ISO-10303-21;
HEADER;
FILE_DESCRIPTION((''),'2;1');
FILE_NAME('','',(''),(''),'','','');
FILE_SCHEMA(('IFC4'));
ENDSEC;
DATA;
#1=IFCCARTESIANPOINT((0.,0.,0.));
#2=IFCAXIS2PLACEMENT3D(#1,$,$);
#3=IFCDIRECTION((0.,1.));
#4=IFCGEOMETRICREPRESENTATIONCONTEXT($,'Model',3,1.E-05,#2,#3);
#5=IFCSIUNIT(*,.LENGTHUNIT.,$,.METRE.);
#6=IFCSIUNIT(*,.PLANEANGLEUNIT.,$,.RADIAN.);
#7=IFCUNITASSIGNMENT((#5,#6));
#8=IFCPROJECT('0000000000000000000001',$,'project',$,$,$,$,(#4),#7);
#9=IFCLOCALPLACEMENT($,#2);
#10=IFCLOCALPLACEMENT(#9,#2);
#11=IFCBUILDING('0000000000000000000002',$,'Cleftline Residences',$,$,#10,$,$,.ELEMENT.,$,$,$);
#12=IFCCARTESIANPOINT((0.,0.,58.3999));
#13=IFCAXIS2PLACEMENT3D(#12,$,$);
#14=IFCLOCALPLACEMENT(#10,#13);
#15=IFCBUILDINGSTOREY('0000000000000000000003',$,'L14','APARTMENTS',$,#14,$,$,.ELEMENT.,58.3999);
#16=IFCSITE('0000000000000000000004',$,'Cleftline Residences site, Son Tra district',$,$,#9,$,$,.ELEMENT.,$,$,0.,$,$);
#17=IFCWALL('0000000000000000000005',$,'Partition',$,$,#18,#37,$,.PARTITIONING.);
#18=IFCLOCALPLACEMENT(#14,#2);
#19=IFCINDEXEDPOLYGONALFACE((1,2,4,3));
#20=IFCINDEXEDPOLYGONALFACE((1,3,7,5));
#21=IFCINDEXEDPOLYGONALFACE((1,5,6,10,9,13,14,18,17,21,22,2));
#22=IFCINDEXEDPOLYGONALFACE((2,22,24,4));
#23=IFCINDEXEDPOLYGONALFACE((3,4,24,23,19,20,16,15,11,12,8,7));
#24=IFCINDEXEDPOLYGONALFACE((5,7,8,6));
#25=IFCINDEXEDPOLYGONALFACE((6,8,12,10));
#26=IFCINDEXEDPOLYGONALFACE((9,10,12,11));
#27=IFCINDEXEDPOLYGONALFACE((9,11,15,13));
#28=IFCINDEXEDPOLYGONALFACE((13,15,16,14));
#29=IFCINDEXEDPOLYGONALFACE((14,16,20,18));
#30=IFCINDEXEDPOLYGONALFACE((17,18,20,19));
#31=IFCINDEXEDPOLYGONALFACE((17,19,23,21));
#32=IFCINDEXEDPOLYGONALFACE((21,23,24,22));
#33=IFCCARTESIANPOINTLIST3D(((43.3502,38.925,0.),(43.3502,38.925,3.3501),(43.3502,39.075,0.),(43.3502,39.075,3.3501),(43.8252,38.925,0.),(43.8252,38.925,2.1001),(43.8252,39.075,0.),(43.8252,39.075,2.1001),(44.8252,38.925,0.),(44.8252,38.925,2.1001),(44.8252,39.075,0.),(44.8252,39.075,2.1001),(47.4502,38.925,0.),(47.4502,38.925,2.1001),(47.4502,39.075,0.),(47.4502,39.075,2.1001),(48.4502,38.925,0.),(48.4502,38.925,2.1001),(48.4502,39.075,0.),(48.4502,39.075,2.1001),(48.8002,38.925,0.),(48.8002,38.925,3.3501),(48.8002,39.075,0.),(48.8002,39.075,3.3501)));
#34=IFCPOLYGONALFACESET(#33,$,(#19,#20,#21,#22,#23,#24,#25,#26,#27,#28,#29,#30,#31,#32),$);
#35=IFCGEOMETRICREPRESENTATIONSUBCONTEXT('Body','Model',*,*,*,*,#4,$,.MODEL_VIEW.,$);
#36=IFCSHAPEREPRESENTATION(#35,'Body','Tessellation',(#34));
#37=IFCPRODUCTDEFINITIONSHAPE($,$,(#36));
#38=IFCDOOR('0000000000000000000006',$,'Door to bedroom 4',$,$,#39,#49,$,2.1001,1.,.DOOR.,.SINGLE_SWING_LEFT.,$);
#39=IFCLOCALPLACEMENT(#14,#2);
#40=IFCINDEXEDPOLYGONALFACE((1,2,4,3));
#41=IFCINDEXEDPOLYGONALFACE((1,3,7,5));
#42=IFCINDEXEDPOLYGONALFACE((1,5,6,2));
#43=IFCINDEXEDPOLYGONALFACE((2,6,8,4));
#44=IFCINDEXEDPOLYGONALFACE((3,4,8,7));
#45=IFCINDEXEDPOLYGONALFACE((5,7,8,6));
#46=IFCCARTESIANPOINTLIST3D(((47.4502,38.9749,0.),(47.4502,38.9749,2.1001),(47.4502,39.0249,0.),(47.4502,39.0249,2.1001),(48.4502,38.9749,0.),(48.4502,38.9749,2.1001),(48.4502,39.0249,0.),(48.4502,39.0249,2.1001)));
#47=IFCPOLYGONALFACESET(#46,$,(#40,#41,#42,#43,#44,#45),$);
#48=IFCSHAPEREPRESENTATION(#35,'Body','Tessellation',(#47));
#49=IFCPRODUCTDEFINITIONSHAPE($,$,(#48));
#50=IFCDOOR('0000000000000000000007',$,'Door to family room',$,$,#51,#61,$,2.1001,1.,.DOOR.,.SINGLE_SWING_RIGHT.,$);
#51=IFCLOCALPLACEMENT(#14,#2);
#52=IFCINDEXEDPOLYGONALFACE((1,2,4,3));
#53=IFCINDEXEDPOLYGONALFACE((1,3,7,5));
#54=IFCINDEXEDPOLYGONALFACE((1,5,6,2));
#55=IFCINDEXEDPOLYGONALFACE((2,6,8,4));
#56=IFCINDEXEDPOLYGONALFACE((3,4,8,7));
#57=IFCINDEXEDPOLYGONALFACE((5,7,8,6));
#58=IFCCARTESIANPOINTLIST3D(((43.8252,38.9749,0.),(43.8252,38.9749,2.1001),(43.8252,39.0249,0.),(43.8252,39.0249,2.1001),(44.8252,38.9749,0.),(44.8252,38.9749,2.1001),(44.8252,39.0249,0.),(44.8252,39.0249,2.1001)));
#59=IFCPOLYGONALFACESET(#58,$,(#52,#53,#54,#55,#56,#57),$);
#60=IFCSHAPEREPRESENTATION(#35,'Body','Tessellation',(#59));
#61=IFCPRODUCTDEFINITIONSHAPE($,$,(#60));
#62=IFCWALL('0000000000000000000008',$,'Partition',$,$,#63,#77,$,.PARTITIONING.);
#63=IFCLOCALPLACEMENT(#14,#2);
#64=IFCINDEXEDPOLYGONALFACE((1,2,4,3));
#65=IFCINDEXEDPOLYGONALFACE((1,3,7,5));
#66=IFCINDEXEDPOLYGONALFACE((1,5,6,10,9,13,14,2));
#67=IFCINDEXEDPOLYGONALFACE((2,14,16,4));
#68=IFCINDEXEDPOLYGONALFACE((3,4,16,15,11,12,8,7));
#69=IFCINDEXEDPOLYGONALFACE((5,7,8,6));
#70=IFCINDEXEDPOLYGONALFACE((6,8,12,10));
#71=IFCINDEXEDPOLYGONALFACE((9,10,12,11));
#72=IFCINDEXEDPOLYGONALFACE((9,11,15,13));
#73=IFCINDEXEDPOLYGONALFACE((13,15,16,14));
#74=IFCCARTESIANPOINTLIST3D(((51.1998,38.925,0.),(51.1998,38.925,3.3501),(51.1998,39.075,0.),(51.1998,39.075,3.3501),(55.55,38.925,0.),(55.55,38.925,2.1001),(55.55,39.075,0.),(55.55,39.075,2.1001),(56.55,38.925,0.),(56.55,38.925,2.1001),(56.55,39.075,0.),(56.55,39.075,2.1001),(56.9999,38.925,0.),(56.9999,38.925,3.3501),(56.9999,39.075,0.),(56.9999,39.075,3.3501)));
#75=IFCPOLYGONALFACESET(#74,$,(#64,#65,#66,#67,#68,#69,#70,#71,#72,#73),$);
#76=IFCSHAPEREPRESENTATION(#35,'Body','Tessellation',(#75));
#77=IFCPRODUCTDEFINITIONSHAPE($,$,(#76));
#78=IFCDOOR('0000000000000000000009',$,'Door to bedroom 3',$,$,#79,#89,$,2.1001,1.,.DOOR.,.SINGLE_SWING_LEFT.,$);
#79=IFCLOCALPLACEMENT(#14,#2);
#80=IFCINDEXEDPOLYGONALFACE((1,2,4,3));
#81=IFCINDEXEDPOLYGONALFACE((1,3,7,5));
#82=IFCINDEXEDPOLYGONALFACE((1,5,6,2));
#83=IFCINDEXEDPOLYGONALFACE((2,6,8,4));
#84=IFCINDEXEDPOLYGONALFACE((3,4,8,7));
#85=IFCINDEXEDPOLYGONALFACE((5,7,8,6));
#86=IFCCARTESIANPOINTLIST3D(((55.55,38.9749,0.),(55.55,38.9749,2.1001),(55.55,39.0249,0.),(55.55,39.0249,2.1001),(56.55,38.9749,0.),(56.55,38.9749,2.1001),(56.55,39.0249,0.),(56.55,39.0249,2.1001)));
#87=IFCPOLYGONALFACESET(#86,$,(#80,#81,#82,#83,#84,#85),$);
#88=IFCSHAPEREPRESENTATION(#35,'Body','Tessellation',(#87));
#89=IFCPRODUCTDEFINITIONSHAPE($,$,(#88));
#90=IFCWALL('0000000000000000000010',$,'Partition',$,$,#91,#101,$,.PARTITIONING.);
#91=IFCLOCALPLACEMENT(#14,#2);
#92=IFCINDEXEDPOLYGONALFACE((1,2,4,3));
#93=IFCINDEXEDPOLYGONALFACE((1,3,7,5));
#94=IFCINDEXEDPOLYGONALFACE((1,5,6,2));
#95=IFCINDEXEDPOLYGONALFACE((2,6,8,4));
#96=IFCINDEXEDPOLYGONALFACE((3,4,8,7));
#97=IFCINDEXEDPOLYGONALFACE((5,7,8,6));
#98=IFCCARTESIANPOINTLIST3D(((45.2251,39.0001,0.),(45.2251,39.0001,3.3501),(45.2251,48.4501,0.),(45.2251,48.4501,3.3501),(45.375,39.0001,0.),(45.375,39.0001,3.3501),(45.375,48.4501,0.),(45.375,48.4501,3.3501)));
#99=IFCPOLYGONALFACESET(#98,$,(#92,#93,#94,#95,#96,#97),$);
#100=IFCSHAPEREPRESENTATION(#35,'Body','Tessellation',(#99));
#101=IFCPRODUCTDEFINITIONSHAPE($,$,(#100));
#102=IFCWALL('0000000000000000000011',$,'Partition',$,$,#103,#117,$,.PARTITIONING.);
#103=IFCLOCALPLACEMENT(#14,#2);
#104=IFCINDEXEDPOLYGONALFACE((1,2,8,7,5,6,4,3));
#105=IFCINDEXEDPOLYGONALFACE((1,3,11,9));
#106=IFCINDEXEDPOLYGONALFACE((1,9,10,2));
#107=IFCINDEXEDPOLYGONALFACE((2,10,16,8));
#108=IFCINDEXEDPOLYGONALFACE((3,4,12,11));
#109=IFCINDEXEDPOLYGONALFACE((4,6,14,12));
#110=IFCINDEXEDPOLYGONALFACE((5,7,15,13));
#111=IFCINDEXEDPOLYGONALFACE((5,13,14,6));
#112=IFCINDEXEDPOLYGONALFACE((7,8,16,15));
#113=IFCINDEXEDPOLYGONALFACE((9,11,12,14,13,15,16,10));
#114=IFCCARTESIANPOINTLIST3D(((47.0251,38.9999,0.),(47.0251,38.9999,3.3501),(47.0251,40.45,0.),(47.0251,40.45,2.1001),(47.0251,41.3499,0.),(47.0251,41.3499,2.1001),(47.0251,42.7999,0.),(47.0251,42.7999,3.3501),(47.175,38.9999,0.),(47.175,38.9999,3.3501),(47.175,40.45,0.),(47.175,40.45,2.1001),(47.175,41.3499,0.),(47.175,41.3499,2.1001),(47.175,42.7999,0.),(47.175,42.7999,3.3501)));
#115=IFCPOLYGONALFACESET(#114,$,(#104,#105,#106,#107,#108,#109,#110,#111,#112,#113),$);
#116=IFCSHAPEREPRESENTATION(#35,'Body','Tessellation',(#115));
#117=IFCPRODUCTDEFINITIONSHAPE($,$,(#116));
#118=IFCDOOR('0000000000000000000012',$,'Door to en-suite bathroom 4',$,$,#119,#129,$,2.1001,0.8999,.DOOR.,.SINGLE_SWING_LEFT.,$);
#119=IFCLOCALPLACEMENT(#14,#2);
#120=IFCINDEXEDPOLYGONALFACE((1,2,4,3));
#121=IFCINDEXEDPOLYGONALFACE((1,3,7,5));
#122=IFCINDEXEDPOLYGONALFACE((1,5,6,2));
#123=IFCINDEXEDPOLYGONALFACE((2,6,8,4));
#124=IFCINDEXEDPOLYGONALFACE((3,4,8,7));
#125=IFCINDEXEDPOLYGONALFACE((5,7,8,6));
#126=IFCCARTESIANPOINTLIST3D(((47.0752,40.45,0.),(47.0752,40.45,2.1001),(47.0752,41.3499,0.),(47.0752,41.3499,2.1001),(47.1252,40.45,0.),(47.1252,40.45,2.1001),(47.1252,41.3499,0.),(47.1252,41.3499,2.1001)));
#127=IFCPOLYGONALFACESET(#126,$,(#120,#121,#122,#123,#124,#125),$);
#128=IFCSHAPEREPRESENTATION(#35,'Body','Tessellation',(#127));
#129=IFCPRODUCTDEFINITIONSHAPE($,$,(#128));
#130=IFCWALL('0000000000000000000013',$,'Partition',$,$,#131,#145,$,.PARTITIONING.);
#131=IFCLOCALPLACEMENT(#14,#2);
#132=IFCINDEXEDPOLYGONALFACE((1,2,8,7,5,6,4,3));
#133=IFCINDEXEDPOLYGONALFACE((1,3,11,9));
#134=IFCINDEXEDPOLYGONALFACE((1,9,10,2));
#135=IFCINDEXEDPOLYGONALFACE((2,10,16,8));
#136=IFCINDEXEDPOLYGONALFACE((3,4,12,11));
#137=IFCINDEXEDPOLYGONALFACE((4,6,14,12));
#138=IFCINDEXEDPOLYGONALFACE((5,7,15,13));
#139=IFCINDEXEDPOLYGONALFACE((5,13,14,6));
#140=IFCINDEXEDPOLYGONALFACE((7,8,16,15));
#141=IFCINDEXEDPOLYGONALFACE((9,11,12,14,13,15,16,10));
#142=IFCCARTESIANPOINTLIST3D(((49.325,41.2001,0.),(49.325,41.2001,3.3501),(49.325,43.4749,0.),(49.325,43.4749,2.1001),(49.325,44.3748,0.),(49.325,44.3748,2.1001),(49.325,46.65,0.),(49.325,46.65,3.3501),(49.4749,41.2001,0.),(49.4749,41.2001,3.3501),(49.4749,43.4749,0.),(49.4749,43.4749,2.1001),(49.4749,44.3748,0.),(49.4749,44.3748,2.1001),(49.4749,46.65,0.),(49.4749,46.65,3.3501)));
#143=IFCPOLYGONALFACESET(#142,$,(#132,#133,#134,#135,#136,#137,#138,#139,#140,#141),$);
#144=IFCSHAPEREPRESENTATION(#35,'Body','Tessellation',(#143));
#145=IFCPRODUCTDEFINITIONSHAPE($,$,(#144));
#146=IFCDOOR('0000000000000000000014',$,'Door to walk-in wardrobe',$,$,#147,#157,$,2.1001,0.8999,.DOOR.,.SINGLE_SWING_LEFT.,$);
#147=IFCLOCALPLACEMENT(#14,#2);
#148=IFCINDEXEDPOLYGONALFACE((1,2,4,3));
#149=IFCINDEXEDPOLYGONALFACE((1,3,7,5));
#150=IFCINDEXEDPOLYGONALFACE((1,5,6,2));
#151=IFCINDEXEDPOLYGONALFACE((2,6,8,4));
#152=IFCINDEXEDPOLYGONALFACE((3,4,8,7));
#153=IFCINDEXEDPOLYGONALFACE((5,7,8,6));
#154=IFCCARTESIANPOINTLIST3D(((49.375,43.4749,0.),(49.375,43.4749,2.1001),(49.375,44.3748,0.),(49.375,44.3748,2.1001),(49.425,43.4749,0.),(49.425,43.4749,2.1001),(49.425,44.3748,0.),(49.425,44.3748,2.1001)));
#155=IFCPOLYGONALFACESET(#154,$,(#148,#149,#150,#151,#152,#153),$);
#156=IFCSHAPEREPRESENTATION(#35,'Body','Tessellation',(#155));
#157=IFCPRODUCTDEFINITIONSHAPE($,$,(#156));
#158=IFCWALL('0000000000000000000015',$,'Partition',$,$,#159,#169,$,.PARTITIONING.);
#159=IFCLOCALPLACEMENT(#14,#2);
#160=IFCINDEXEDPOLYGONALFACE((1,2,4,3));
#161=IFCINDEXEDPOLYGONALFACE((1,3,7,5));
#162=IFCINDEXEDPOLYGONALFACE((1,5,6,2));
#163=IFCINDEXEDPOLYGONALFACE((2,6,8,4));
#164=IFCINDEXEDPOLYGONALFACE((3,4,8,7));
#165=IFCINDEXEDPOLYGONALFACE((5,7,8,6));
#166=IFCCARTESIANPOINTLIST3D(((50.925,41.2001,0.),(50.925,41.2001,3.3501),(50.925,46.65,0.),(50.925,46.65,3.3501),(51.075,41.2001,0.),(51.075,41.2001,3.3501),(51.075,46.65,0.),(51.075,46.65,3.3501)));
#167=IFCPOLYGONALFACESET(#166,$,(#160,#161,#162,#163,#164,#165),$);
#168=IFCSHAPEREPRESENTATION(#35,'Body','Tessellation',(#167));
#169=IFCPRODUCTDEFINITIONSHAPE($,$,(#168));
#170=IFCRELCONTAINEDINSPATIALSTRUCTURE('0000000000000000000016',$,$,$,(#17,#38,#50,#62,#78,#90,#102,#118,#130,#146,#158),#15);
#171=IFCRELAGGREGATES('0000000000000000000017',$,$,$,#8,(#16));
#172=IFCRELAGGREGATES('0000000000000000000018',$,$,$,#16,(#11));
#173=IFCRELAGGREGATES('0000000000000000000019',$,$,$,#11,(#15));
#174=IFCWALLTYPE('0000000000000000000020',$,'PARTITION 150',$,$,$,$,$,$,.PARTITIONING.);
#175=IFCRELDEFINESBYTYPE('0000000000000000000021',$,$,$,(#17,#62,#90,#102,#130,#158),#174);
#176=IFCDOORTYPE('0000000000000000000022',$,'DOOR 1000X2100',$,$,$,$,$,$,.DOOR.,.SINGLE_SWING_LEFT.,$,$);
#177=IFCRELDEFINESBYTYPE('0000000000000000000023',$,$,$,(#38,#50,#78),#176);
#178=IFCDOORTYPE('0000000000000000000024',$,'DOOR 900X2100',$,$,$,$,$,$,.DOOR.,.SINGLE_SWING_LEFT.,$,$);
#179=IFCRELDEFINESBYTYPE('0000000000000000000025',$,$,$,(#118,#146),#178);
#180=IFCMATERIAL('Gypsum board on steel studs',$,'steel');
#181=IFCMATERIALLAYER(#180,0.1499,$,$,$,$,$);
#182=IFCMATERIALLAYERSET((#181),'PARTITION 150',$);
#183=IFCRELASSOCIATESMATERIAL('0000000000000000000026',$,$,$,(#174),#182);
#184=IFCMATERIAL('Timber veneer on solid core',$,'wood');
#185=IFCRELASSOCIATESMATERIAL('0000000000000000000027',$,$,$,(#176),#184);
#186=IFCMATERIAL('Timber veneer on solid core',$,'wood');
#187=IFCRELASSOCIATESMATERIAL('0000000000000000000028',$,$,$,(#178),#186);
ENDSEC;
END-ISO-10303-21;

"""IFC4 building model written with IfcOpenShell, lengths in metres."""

from ifc_helpers import new_model, si_unit, direction, frame, frame_2d, origin, place, context, subcontext, project, spatial, rectangle, extrude, material, layer, layer_set, type_object, element, fill, save


model = new_model("IFC4")

# Units and contexts
model_context = context("Model", 3, precision=1e-05, world=origin(), true_north=direction((0.0, 1.0)))
body_context = subcontext(model_context, "Body", "Model", "MODEL_VIEW")
ifc_project = project(units=[si_unit("LENGTHUNIT", "METRE"), si_unit("PLANEANGLEUNIT", "RADIAN")], contexts=[model_context])

# Site, building, storey
site_placement = place(None, origin())
site = spatial("IfcSite", under=ifc_project, at=site_placement, Name="Cleftline Residences site, Son Tra district", CompositionType="ELEMENT", RefElevation=0.0)
building_placement = place(site_placement, origin())
building = spatial("IfcBuilding", under=site, at=building_placement, Name="Cleftline Residences", CompositionType="ELEMENT")
storey_placement = place(building_placement, frame((0.0, 0.0, 58.3999)))
storey = spatial("IfcBuildingStorey", under=building, at=storey_placement, Name="L14", Description="APARTMENTS", CompositionType="ELEMENT", Elevation=58.3999)

# Wall, openings, doors
ifc_material_1 = material(Name="Gypsum board on steel studs", Category="steel")
ifc_layer_1 = layer(ifc_material_1, 0.1499)
ifc_layer_set_1 = layer_set([ifc_layer_1], Name="PARTITION 150")
wall_type = type_object("IfcWallType", Name="PARTITION 150", PredefinedType="PARTITIONING", material=ifc_layer_set_1)
ifc_material_2 = material(Name="Timber veneer on solid core", Category="wood")
door_type_1 = type_object("IfcDoorType", Name="DOOR 1000X2100", OperationType="SINGLE_SWING_LEFT", PredefinedType="DOOR", material=ifc_material_2)
ifc_material_3 = material(Name="Timber veneer on solid core", Category="wood")
door_type_2 = type_object("IfcDoorType", Name="DOOR 900X2100", OperationType="SINGLE_SWING_LEFT", PredefinedType="DOOR", material=ifc_material_3)
wall_1_placement = place(storey_placement, frame((43.3501, 39.0, 0.0), z_axis=(0.0, 0.0, 1.0), x_axis=(1.0, 0.0, 0.0)))
wall_1 = element("IfcWall", 1, at=wall_1_placement, inside=storey, type_object=wall_type, Name="Partition", PredefinedType="PARTITIONING", context=body_context, shape_type="SweptSolid", body=[
    extrude(rectangle(XDim=5.45, YDim=0.1499, at=frame_2d((2.7251, 0.0))), origin(), (0.0, 0.0, 1.0), 3.3501),
])
opening_1_placement = place(wall_1_placement, frame((4.1001, 0.0, 0.0)))
opening_1 = element("IfcOpeningElement", 2, at=opening_1_placement, cuts=wall_1, PredefinedType="OPENING", context=body_context, shape_type="SweptSolid", body=[
    extrude(rectangle(XDim=1.0, YDim=2.1001, at=frame_2d((0.5, 1.05))), frame((0.0, 0.085, 0.0), z_axis=(0.0, -1.0, 0.0), x_axis=(1.0, 0.0, 0.0)), (0.0, 0.0, 1.0), 0.1699),
])
opening_2_placement = place(wall_1_placement, frame((0.4751, 0.0, 0.0)))
opening_2 = element("IfcOpeningElement", 3, at=opening_2_placement, cuts=wall_1, PredefinedType="OPENING", context=body_context, shape_type="SweptSolid", body=[
    extrude(rectangle(XDim=1.0, YDim=2.1001, at=frame_2d((0.5, 1.05))), frame((0.0, 0.085, 0.0), z_axis=(0.0, -1.0, 0.0), x_axis=(1.0, 0.0, 0.0)), (0.0, 0.0, 1.0), 0.1699),
])
door_1_placement = place(opening_1_placement, origin())
door_1 = element("IfcDoor", 4, at=door_1_placement, inside=storey, type_object=door_type_1, Name="Door to bedroom 4", OperationType="SINGLE_SWING_LEFT", OverallHeight=2.1001, OverallWidth=1.0, PredefinedType="DOOR", context=body_context, shape_type="SweptSolid", body=[
    extrude(rectangle(XDim=1.0, YDim=2.1001, at=frame_2d((0.5, 1.05))), frame((0.0, 0.0249, 0.0), z_axis=(0.0, -1.0, 0.0), x_axis=(1.0, 0.0, 0.0)), (0.0, 0.0, 1.0), 0.05),
])
fill(opening_1, door_1)
door_2_placement = place(opening_2_placement, origin())
door_2 = element("IfcDoor", 5, at=door_2_placement, inside=storey, type_object=door_type_1, Name="Door to family room", OperationType="SINGLE_SWING_RIGHT", OverallHeight=2.1001, OverallWidth=1.0, PredefinedType="DOOR", context=body_context, shape_type="SweptSolid", body=[
    extrude(rectangle(XDim=1.0, YDim=2.1001, at=frame_2d((0.5, 1.05))), frame((0.0, 0.0249, 0.0), z_axis=(0.0, -1.0, 0.0), x_axis=(1.0, 0.0, 0.0)), (0.0, 0.0, 1.0), 0.05),
])
fill(opening_2, door_2)

# Wall, opening, door
wall_2_placement = place(storey_placement, frame((51.2, 39.0, 0.0), z_axis=(0.0, 0.0, 1.0), x_axis=(1.0, 0.0, 0.0)))
wall_2 = element("IfcWall", 6, at=wall_2_placement, inside=storey, type_object=wall_type, Name="Partition", PredefinedType="PARTITIONING", context=body_context, shape_type="SweptSolid", body=[
    extrude(rectangle(XDim=5.8, YDim=0.1499, at=frame_2d((2.8999, 0.0))), origin(), (0.0, 0.0, 1.0), 3.3501),
])
opening_3_placement = place(wall_2_placement, frame((4.3501, 0.0, 0.0)))
opening_3 = element("IfcOpeningElement", 7, at=opening_3_placement, cuts=wall_2, PredefinedType="OPENING", context=body_context, shape_type="SweptSolid", body=[
    extrude(rectangle(XDim=1.0, YDim=2.1001, at=frame_2d((0.5, 1.05))), frame((0.0, 0.085, 0.0), z_axis=(0.0, -1.0, 0.0), x_axis=(1.0, 0.0, 0.0)), (0.0, 0.0, 1.0), 0.1699),
])
door_3_placement = place(opening_3_placement, origin())
door_3 = element("IfcDoor", 8, at=door_3_placement, inside=storey, type_object=door_type_1, Name="Door to bedroom 3", OperationType="SINGLE_SWING_LEFT", OverallHeight=2.1001, OverallWidth=1.0, PredefinedType="DOOR", context=body_context, shape_type="SweptSolid", body=[
    extrude(rectangle(XDim=1.0, YDim=2.1001, at=frame_2d((0.5, 1.05))), frame((0.0, 0.0249, 0.0), z_axis=(0.0, -1.0, 0.0), x_axis=(1.0, 0.0, 0.0)), (0.0, 0.0, 1.0), 0.05),
])
fill(opening_3, door_3)

# Wall
wall_3_placement = place(storey_placement, frame((45.3, 39.0, 0.0), z_axis=(0.0, 0.0, 1.0), x_axis=(0.0, 1.0, 0.0)))
element("IfcWall", 9, at=wall_3_placement, inside=storey, type_object=wall_type, Name="Partition", PredefinedType="PARTITIONING", context=body_context, shape_type="SweptSolid", body=[
    extrude(rectangle(XDim=9.45, YDim=0.1499, at=frame_2d((4.7251, 0.0))), origin(), (0.0, 0.0, 1.0), 3.3501),
])

# Walls, openings, doors
wall_4_placement = place(storey_placement, frame((47.1001, 39.0, 0.0), z_axis=(0.0, 0.0, 1.0), x_axis=(0.0, 1.0, 0.0)))
wall_4 = element("IfcWall", 10, at=wall_4_placement, inside=storey, type_object=wall_type, Name="Partition", PredefinedType="PARTITIONING", context=body_context, shape_type="SweptSolid", body=[
    extrude(rectangle(XDim=3.8, YDim=0.1499, at=frame_2d((1.8999, 0.0))), origin(), (0.0, 0.0, 1.0), 3.3501),
])
opening_4_placement = place(wall_4_placement, frame((1.45, 0.0, 0.0)))
opening_4 = element("IfcOpeningElement", 11, at=opening_4_placement, cuts=wall_4, PredefinedType="OPENING", context=body_context, shape_type="SweptSolid", body=[
    extrude(rectangle(XDim=0.8999, YDim=2.1001, at=frame_2d((0.45, 1.05))), frame((0.0, 0.085, 0.0), z_axis=(0.0, -1.0, 0.0), x_axis=(1.0, 0.0, 0.0)), (0.0, 0.0, 1.0), 0.1699),
])
door_4_placement = place(opening_4_placement, origin())
door_4 = element("IfcDoor", 12, at=door_4_placement, inside=storey, type_object=door_type_2, Name="Door to en-suite bathroom 4", OperationType="SINGLE_SWING_LEFT", OverallHeight=2.1001, OverallWidth=0.8999, PredefinedType="DOOR", context=body_context, shape_type="SweptSolid", body=[
    extrude(rectangle(XDim=0.8999, YDim=2.1001, at=frame_2d((0.45, 1.05))), frame((0.0, 0.0249, 0.0), z_axis=(0.0, -1.0, 0.0), x_axis=(1.0, 0.0, 0.0)), (0.0, 0.0, 1.0), 0.05),
])
fill(opening_4, door_4)
wall_5_placement = place(storey_placement, frame((49.3999, 41.2, 0.0), z_axis=(0.0, 0.0, 1.0), x_axis=(0.0, 1.0, 0.0)))
wall_5 = element("IfcWall", 13, at=wall_5_placement, inside=storey, type_object=wall_type, Name="Partition", PredefinedType="PARTITIONING", context=body_context, shape_type="SweptSolid", body=[
    extrude(rectangle(XDim=5.45, YDim=0.1499, at=frame_2d((2.7251, 0.0))), origin(), (0.0, 0.0, 1.0), 3.3501),
])
opening_5_placement = place(wall_5_placement, frame((2.2749, 0.0, 0.0)))
opening_5 = element("IfcOpeningElement", 14, at=opening_5_placement, cuts=wall_5, PredefinedType="OPENING", context=body_context, shape_type="SweptSolid", body=[
    extrude(rectangle(XDim=0.8999, YDim=2.1001, at=frame_2d((0.45, 1.05))), frame((0.0, 0.085, 0.0), z_axis=(0.0, -1.0, 0.0), x_axis=(1.0, 0.0, 0.0)), (0.0, 0.0, 1.0), 0.1699),
])
door_5_placement = place(opening_5_placement, origin())
door_5 = element("IfcDoor", 15, at=door_5_placement, inside=storey, type_object=door_type_2, Name="Door to walk-in wardrobe", OperationType="SINGLE_SWING_LEFT", OverallHeight=2.1001, OverallWidth=0.8999, PredefinedType="DOOR", context=body_context, shape_type="SweptSolid", body=[
    extrude(rectangle(XDim=0.8999, YDim=2.1001, at=frame_2d((0.45, 1.05))), frame((0.0, 0.0249, 0.0), z_axis=(0.0, -1.0, 0.0), x_axis=(1.0, 0.0, 0.0)), (0.0, 0.0, 1.0), 0.05),
])
fill(opening_5, door_5)

# Wall
wall_6_placement = place(storey_placement, frame((51.0, 41.2, 0.0), z_axis=(0.0, 0.0, 1.0), x_axis=(0.0, 1.0, 0.0)))
element("IfcWall", 16, at=wall_6_placement, inside=storey, type_object=wall_type, Name="Partition", PredefinedType="PARTITIONING", context=body_context, shape_type="SweptSolid", body=[
    extrude(rectangle(XDim=5.45, YDim=0.1499, at=frame_2d((2.7251, 0.0))), origin(), (0.0, 0.0, 1.0), 3.3501),
])

save(model, "model.ifc")
